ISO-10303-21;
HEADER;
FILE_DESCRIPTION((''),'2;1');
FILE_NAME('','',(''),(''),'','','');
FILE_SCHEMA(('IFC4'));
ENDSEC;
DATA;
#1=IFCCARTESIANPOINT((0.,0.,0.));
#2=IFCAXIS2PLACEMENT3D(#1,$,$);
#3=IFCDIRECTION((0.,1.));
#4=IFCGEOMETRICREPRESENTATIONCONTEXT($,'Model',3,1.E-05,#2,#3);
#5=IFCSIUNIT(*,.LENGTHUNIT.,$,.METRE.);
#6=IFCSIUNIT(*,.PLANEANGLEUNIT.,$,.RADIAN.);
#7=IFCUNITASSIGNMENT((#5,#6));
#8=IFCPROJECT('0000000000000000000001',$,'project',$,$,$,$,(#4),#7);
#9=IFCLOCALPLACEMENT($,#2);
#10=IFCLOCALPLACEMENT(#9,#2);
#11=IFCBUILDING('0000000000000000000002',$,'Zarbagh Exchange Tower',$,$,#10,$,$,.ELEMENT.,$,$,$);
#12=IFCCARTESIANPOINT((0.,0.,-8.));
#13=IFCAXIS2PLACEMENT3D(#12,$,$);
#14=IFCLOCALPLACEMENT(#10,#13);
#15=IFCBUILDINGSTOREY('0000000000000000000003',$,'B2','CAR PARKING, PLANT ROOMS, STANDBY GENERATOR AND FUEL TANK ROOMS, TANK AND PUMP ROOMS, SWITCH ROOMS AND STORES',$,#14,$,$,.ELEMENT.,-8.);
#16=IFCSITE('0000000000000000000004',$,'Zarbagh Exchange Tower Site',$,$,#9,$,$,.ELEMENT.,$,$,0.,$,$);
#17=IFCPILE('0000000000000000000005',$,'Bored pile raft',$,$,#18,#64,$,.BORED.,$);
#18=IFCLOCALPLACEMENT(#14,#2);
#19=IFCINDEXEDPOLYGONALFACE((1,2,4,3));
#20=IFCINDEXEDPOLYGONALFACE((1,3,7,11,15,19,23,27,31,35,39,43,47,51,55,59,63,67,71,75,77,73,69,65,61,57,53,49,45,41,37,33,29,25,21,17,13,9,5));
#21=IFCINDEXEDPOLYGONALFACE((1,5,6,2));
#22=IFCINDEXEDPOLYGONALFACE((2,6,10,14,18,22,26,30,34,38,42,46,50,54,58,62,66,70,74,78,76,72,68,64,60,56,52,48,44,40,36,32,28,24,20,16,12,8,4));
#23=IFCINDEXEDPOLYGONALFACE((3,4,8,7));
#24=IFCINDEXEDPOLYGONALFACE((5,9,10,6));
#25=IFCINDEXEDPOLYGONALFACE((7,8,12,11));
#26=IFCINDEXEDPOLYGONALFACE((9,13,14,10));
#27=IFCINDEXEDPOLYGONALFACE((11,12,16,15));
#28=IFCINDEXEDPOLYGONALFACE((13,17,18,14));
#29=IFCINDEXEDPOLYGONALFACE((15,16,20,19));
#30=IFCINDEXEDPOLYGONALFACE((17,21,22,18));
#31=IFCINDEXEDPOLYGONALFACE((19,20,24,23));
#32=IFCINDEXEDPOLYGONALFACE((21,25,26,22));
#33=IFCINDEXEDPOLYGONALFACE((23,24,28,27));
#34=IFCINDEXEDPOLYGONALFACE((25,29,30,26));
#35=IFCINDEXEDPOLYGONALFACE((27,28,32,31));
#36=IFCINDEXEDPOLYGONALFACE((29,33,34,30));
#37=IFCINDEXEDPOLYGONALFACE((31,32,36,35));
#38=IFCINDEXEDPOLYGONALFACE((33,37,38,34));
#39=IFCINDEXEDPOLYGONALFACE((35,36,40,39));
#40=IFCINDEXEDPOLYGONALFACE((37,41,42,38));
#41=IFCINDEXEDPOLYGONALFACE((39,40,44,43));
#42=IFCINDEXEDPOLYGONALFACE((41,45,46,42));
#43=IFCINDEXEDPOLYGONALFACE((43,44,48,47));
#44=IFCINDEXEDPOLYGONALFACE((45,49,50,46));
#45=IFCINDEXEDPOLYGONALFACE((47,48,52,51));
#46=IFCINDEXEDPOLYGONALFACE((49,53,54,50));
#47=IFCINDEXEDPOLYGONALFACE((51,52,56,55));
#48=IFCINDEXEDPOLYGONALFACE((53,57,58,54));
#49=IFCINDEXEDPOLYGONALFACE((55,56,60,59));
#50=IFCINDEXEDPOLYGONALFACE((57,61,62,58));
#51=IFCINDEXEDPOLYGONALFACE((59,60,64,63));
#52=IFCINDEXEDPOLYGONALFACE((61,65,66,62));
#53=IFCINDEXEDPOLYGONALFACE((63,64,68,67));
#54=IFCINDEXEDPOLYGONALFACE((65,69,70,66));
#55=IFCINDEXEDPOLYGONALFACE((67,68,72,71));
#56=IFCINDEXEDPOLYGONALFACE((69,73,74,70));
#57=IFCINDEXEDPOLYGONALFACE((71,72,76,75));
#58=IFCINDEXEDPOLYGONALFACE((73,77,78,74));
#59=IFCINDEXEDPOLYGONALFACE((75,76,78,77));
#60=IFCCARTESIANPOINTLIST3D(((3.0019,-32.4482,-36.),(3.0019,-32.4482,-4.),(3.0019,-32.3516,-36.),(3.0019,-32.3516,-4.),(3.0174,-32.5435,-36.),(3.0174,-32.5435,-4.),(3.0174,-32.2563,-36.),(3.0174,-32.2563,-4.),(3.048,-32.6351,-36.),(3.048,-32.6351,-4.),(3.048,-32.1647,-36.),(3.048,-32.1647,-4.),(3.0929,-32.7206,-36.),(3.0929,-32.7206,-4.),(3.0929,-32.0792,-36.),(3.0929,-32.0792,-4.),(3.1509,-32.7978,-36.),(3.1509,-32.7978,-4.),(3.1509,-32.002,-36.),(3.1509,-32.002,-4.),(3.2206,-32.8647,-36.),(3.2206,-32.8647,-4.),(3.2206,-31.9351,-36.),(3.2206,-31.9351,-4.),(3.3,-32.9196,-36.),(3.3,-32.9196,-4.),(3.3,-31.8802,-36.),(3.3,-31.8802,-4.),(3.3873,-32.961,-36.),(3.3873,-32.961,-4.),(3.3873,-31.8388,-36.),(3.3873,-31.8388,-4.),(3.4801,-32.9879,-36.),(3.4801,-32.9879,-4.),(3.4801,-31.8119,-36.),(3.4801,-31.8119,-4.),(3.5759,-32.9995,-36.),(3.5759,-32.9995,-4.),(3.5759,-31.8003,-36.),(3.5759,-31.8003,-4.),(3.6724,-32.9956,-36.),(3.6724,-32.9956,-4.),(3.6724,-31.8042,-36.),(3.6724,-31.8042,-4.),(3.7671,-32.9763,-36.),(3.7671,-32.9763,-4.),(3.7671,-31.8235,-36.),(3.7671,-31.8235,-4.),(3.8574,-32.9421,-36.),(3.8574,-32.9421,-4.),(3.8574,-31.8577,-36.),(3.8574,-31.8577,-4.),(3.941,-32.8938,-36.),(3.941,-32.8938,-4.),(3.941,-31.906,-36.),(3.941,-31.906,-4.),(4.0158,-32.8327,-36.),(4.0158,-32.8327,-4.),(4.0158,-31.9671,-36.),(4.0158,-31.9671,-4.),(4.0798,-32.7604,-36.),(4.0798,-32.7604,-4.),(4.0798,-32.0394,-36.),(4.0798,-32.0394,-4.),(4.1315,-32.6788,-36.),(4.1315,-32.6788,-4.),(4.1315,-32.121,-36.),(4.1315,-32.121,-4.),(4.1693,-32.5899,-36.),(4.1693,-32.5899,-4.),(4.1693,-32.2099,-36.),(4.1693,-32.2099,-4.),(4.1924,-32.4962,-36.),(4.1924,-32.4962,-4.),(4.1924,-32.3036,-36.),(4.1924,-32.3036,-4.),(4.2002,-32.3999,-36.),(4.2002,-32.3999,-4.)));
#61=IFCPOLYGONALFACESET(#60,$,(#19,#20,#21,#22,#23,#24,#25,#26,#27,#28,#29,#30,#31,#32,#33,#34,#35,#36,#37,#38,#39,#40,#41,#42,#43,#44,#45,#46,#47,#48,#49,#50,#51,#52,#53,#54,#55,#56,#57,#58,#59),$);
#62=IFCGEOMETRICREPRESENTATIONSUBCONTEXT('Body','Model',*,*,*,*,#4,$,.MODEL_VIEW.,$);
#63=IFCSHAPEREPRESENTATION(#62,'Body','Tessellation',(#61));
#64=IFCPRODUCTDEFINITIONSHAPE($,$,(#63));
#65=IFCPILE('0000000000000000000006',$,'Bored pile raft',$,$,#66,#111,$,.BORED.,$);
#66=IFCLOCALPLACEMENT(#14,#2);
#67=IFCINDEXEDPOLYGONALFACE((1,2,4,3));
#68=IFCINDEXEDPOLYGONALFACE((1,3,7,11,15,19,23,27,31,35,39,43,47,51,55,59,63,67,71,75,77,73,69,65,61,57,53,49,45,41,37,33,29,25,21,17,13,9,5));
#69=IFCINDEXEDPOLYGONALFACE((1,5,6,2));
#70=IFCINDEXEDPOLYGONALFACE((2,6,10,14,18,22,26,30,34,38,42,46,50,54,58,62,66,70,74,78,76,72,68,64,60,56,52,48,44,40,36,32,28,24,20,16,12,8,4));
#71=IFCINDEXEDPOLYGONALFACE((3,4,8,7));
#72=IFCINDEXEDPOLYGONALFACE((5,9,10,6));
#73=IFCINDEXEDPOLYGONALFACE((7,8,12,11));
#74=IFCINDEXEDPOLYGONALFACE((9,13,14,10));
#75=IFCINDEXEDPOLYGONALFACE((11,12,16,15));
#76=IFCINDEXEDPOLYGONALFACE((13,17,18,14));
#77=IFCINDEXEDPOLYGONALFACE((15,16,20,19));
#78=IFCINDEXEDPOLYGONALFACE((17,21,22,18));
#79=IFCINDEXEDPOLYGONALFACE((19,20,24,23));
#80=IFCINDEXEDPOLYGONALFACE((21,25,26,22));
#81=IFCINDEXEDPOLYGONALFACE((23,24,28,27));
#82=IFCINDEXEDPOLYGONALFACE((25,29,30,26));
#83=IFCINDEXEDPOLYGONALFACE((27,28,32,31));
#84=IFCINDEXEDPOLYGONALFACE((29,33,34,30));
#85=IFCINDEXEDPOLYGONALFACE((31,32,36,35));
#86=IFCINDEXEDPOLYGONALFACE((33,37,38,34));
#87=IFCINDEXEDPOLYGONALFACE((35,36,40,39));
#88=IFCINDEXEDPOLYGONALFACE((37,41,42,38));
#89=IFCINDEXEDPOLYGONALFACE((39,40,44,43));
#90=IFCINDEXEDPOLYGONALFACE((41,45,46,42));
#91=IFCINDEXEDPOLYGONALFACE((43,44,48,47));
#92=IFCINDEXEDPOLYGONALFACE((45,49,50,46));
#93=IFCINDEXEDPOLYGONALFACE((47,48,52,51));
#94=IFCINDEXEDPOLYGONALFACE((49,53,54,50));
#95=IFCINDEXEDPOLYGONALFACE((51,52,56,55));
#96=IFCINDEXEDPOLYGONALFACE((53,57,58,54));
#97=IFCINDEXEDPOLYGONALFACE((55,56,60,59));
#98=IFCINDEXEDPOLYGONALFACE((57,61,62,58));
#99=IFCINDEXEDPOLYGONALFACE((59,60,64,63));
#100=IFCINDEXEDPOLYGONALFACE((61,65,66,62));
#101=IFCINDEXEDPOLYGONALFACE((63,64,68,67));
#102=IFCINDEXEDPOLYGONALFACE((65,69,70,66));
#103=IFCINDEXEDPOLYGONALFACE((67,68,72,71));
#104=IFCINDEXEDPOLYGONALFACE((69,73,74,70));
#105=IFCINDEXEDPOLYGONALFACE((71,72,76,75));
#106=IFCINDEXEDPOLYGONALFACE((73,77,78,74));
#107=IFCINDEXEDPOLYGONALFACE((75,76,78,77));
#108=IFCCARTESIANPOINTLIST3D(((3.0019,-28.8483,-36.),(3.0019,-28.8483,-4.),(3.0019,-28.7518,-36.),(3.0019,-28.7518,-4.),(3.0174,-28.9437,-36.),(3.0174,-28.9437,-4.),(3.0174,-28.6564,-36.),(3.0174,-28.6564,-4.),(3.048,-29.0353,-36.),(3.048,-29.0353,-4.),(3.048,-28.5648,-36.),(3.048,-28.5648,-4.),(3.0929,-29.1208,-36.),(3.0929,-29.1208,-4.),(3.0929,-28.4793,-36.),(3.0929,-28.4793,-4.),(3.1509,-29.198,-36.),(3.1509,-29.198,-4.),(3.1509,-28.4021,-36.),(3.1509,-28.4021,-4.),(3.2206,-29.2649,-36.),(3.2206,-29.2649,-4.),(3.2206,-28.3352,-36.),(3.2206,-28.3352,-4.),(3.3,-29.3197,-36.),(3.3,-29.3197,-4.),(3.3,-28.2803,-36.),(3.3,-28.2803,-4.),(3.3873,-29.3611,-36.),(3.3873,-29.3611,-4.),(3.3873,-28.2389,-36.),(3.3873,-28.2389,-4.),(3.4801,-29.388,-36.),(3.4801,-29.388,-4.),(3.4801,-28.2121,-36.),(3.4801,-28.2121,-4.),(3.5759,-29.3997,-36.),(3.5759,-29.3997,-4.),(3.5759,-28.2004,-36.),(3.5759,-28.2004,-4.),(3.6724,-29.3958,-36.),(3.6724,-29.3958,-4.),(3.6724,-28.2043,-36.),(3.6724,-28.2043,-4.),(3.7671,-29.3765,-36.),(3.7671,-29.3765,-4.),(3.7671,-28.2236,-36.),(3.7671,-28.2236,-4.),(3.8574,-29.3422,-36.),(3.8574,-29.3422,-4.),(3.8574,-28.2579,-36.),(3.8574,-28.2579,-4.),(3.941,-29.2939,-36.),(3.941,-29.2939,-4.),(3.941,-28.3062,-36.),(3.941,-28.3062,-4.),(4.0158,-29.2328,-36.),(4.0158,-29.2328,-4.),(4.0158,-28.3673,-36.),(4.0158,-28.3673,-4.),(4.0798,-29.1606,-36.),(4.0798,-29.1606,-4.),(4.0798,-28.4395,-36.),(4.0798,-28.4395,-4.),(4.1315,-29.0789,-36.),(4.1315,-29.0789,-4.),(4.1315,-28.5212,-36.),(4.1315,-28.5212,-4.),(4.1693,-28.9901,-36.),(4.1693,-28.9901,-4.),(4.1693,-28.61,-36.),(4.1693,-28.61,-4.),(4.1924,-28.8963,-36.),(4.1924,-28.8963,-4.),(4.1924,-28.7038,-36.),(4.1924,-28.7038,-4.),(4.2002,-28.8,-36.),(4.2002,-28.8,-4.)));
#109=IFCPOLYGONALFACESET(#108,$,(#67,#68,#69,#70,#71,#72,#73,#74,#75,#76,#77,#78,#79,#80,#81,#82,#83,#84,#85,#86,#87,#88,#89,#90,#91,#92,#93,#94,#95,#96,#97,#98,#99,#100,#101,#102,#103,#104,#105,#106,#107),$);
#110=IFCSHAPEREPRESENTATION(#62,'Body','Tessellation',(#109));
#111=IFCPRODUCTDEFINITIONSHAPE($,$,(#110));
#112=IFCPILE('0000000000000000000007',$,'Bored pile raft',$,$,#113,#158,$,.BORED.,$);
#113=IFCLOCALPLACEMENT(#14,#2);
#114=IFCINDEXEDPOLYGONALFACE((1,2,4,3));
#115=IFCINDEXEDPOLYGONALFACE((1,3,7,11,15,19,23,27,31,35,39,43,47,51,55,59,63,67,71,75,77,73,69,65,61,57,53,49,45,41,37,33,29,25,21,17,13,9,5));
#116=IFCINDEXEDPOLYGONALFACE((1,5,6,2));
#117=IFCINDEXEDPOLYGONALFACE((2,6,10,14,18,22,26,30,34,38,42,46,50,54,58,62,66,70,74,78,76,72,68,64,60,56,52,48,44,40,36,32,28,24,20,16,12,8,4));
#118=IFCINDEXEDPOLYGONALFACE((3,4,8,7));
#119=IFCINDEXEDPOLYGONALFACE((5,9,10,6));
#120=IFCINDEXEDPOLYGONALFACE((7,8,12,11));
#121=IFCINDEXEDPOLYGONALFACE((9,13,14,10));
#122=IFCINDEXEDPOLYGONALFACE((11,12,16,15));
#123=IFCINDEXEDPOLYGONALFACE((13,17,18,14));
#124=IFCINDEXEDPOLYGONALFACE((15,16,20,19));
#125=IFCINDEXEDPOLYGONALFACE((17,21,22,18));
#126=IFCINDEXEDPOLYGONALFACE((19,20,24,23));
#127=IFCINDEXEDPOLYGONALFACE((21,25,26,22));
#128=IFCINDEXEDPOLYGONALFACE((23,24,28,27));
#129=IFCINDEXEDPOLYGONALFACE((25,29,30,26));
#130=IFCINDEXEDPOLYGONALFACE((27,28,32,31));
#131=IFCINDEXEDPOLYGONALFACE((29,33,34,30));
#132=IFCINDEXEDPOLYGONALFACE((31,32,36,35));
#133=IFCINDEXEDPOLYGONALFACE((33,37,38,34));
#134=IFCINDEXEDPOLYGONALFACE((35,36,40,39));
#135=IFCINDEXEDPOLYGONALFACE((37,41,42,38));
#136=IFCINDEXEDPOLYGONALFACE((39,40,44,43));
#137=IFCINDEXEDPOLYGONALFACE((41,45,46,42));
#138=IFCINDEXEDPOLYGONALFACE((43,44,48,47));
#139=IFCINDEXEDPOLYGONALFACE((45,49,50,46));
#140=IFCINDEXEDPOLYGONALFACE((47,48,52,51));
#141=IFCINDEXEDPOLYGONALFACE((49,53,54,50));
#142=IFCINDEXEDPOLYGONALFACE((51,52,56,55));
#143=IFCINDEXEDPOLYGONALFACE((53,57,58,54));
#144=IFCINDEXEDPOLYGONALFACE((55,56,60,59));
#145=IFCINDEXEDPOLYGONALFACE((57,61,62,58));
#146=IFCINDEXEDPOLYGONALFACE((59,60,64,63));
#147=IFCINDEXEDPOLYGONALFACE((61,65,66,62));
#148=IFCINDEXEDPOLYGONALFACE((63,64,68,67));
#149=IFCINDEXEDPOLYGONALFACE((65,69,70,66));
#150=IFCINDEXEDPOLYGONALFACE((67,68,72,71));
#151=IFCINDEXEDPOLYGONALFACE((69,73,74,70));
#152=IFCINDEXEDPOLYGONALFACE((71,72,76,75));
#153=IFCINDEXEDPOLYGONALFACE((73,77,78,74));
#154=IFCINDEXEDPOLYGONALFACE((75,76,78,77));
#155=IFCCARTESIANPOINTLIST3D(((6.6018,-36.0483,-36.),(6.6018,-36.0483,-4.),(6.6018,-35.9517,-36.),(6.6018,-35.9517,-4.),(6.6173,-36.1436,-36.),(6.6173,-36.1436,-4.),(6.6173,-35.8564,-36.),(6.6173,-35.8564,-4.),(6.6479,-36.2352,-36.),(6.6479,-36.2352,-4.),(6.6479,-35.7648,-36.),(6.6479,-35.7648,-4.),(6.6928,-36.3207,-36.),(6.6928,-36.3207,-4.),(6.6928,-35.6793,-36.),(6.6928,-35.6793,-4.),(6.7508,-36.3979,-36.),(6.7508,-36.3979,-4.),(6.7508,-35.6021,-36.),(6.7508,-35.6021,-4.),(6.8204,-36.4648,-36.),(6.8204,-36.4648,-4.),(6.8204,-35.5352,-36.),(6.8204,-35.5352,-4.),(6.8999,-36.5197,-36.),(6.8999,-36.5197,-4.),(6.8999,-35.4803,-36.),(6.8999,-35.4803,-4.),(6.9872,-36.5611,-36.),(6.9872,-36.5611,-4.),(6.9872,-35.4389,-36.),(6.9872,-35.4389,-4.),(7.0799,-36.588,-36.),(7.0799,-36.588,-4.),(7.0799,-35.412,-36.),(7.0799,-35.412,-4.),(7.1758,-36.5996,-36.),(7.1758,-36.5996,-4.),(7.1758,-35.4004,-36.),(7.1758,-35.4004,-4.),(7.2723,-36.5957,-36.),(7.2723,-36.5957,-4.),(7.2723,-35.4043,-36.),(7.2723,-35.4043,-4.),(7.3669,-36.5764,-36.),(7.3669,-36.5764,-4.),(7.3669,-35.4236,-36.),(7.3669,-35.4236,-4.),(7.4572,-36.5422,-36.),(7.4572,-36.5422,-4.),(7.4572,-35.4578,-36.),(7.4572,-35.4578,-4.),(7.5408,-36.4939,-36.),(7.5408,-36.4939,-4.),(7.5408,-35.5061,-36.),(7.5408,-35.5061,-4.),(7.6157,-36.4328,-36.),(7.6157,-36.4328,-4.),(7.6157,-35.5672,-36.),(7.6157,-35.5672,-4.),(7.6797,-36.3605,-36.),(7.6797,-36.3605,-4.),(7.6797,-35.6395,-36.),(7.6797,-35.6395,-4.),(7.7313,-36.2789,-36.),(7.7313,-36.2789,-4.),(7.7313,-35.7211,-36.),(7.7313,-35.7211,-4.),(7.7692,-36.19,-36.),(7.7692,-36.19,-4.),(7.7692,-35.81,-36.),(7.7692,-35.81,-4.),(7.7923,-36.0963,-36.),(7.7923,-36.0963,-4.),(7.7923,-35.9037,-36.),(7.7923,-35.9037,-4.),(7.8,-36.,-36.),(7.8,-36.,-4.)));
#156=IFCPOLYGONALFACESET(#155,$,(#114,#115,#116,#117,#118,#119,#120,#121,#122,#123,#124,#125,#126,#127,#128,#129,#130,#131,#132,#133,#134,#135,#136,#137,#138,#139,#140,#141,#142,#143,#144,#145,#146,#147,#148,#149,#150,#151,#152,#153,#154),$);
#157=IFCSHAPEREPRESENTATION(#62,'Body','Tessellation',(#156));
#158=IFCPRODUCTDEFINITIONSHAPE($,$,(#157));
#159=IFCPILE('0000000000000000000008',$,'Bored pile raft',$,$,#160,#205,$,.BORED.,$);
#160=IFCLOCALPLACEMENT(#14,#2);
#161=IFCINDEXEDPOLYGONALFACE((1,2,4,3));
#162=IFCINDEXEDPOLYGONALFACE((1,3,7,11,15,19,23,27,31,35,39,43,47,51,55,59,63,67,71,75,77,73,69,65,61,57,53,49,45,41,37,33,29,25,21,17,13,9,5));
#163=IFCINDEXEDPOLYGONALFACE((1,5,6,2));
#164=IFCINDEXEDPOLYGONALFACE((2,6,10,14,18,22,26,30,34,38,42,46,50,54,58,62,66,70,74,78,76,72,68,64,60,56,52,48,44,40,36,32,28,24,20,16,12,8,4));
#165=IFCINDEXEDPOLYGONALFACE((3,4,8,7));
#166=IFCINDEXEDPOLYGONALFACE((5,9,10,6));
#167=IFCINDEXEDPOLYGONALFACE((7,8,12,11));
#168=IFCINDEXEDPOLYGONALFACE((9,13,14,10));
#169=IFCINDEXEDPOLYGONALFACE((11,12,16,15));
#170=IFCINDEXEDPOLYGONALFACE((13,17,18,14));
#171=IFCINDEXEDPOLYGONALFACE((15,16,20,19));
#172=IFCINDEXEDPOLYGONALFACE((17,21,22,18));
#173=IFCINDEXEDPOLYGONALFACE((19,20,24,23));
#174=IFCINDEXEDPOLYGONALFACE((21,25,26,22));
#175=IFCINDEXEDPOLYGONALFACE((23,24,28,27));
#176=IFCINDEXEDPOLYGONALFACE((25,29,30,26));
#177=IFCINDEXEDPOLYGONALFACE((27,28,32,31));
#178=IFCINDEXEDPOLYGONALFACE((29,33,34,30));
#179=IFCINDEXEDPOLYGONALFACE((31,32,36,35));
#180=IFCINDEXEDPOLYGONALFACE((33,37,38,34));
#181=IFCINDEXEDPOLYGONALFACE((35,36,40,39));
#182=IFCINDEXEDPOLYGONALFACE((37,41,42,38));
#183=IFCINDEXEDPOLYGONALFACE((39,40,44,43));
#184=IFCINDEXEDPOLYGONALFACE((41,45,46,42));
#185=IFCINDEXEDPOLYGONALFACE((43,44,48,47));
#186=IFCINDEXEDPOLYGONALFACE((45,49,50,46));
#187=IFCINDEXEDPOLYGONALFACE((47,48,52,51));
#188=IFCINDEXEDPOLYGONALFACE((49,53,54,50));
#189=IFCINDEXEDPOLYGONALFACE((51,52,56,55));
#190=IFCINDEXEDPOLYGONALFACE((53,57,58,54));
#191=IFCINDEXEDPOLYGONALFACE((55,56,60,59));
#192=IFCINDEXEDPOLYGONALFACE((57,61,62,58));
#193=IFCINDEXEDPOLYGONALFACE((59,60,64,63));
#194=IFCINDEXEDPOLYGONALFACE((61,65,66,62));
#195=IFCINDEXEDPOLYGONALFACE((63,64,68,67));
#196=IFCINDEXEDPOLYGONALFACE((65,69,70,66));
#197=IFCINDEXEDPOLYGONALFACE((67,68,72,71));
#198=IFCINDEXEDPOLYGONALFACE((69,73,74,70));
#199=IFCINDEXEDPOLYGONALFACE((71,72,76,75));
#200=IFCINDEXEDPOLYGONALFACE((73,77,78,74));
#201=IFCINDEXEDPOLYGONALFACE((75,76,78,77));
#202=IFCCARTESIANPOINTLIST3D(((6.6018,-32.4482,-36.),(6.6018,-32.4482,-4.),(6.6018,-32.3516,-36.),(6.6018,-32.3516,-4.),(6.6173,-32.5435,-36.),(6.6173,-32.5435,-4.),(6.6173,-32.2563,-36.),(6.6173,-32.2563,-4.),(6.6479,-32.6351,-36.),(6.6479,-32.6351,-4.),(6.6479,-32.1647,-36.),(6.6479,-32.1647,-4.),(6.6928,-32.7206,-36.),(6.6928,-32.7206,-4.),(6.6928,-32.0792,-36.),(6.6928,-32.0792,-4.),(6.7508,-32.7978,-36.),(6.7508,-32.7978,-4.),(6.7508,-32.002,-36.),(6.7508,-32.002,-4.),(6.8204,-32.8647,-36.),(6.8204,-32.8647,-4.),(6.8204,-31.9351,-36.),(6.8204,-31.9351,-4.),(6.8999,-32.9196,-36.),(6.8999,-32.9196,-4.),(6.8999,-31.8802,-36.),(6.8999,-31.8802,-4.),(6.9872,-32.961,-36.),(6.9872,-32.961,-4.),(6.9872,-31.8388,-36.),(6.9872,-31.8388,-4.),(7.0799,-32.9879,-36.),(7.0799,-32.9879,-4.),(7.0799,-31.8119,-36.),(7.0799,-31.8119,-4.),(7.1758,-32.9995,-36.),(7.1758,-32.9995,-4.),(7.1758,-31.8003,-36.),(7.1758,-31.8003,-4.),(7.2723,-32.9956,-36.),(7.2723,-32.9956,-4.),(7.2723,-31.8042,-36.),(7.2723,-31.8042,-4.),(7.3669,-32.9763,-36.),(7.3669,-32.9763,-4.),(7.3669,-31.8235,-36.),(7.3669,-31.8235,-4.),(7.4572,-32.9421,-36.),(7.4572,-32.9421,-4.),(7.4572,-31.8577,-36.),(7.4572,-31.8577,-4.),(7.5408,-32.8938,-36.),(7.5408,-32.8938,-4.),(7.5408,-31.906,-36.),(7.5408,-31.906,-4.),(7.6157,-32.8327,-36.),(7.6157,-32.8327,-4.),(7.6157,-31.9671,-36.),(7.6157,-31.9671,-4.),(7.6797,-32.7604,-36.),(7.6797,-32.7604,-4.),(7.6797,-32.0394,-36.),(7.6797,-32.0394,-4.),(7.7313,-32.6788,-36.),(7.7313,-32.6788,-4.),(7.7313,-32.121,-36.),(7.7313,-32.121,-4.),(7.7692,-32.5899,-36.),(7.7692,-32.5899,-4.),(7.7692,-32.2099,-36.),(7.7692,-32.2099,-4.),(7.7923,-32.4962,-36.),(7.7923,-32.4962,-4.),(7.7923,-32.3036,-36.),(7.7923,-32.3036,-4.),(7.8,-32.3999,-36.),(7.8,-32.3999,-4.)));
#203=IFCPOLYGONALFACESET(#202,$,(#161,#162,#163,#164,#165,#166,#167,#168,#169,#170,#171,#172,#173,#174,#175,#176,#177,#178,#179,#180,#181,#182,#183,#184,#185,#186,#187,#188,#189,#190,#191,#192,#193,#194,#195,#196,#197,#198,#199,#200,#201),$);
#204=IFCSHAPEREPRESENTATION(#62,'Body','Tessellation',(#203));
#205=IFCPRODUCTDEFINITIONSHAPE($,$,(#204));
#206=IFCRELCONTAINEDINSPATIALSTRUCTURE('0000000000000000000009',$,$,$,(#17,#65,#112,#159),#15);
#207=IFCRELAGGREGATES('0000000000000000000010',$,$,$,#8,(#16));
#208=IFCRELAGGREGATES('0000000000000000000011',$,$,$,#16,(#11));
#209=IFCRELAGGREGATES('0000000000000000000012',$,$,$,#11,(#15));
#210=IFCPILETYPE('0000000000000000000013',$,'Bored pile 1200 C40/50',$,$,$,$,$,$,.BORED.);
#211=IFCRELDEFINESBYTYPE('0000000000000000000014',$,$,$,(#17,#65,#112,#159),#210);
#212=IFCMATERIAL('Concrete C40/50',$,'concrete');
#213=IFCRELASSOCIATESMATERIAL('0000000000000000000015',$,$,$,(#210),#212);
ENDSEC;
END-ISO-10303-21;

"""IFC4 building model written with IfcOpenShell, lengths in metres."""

from ifc_helpers import new_model, si_unit, direction, frame, origin, origin_2d, place, context, subcontext, project, spatial, circle, extrude, material, material_profile, profile_set, type_object, element, save


model = new_model("IFC4")

# Units and contexts
model_context = context("Model", 3, precision=1e-05, world=origin(), true_north=direction((0.0, 1.0)))
body_context = subcontext(model_context, "Body", "Model", "MODEL_VIEW")
ifc_project = project(units=[si_unit("LENGTHUNIT", "METRE"), si_unit("PLANEANGLEUNIT", "RADIAN")], contexts=[model_context])

# Site, building, storey
site_placement = place(None, origin())
site = spatial("IfcSite", under=ifc_project, at=site_placement, Name="Zarbagh Exchange Tower Site", CompositionType="ELEMENT", RefElevation=0.0)
building_placement = place(site_placement, origin())
building = spatial("IfcBuilding", under=site, at=building_placement, Name="Zarbagh Exchange Tower", CompositionType="ELEMENT")
storey_placement = place(building_placement, frame((0.0, 0.0, -8.0)))
storey = spatial("IfcBuildingStorey", under=building, at=storey_placement, Name="B2", Description="CAR PARKING, PLANT ROOMS, STANDBY GENERATOR AND FUEL TANK ROOMS, TANK AND PUMP ROOMS, SWITCH ROOMS AND STORES", CompositionType="ELEMENT", Elevation=-8.0)

# Piles
ifc_material_1 = material(Name="Concrete C40/50", Category="concrete")
ifc_material_profile_1 = material_profile(ifc_material_1, circle(Radius=0.6001, at=origin_2d()), Name="Bored pile 1200 C40/50")
ifc_profile_set_1 = profile_set([ifc_material_profile_1], Name="Concrete C40/50")
pile_type = type_object("IfcPileType", Name="Bored pile 1200 C40/50", PredefinedType="BORED", material=ifc_profile_set_1)
for number, where, z_axis, x_axis, name in (
    (1, (3.6001, -32.3999, -4.0), (0.0, 0.0, -1.0), (1.0, 0.0, 0.0), "Bored pile raft"),
    (2, (3.6001, -28.8, -4.0), (0.0, 0.0, -1.0), (1.0, 0.0, 0.0), "Bored pile raft"),
    (3, (7.2, -36.0, -4.0), (0.0, 0.0, -1.0), (1.0, 0.0, 0.0), "Bored pile raft"),
    (4, (7.2, -32.3999, -4.0), (0.0, 0.0, -1.0), (1.0, 0.0, 0.0), "Bored pile raft"),
):
    element("IfcPile", number, at=place(storey_placement, frame(where, z_axis=z_axis, x_axis=x_axis)), inside=storey, type_object=pile_type, Name=name, PredefinedType="BORED", context=body_context, shape_type="SweptSolid", body=[
        extrude(circle(Radius=0.6001, at=origin_2d()), origin(), (0.0, 0.0, 1.0), 32.0),
    ])

save(model, "model.ifc")
